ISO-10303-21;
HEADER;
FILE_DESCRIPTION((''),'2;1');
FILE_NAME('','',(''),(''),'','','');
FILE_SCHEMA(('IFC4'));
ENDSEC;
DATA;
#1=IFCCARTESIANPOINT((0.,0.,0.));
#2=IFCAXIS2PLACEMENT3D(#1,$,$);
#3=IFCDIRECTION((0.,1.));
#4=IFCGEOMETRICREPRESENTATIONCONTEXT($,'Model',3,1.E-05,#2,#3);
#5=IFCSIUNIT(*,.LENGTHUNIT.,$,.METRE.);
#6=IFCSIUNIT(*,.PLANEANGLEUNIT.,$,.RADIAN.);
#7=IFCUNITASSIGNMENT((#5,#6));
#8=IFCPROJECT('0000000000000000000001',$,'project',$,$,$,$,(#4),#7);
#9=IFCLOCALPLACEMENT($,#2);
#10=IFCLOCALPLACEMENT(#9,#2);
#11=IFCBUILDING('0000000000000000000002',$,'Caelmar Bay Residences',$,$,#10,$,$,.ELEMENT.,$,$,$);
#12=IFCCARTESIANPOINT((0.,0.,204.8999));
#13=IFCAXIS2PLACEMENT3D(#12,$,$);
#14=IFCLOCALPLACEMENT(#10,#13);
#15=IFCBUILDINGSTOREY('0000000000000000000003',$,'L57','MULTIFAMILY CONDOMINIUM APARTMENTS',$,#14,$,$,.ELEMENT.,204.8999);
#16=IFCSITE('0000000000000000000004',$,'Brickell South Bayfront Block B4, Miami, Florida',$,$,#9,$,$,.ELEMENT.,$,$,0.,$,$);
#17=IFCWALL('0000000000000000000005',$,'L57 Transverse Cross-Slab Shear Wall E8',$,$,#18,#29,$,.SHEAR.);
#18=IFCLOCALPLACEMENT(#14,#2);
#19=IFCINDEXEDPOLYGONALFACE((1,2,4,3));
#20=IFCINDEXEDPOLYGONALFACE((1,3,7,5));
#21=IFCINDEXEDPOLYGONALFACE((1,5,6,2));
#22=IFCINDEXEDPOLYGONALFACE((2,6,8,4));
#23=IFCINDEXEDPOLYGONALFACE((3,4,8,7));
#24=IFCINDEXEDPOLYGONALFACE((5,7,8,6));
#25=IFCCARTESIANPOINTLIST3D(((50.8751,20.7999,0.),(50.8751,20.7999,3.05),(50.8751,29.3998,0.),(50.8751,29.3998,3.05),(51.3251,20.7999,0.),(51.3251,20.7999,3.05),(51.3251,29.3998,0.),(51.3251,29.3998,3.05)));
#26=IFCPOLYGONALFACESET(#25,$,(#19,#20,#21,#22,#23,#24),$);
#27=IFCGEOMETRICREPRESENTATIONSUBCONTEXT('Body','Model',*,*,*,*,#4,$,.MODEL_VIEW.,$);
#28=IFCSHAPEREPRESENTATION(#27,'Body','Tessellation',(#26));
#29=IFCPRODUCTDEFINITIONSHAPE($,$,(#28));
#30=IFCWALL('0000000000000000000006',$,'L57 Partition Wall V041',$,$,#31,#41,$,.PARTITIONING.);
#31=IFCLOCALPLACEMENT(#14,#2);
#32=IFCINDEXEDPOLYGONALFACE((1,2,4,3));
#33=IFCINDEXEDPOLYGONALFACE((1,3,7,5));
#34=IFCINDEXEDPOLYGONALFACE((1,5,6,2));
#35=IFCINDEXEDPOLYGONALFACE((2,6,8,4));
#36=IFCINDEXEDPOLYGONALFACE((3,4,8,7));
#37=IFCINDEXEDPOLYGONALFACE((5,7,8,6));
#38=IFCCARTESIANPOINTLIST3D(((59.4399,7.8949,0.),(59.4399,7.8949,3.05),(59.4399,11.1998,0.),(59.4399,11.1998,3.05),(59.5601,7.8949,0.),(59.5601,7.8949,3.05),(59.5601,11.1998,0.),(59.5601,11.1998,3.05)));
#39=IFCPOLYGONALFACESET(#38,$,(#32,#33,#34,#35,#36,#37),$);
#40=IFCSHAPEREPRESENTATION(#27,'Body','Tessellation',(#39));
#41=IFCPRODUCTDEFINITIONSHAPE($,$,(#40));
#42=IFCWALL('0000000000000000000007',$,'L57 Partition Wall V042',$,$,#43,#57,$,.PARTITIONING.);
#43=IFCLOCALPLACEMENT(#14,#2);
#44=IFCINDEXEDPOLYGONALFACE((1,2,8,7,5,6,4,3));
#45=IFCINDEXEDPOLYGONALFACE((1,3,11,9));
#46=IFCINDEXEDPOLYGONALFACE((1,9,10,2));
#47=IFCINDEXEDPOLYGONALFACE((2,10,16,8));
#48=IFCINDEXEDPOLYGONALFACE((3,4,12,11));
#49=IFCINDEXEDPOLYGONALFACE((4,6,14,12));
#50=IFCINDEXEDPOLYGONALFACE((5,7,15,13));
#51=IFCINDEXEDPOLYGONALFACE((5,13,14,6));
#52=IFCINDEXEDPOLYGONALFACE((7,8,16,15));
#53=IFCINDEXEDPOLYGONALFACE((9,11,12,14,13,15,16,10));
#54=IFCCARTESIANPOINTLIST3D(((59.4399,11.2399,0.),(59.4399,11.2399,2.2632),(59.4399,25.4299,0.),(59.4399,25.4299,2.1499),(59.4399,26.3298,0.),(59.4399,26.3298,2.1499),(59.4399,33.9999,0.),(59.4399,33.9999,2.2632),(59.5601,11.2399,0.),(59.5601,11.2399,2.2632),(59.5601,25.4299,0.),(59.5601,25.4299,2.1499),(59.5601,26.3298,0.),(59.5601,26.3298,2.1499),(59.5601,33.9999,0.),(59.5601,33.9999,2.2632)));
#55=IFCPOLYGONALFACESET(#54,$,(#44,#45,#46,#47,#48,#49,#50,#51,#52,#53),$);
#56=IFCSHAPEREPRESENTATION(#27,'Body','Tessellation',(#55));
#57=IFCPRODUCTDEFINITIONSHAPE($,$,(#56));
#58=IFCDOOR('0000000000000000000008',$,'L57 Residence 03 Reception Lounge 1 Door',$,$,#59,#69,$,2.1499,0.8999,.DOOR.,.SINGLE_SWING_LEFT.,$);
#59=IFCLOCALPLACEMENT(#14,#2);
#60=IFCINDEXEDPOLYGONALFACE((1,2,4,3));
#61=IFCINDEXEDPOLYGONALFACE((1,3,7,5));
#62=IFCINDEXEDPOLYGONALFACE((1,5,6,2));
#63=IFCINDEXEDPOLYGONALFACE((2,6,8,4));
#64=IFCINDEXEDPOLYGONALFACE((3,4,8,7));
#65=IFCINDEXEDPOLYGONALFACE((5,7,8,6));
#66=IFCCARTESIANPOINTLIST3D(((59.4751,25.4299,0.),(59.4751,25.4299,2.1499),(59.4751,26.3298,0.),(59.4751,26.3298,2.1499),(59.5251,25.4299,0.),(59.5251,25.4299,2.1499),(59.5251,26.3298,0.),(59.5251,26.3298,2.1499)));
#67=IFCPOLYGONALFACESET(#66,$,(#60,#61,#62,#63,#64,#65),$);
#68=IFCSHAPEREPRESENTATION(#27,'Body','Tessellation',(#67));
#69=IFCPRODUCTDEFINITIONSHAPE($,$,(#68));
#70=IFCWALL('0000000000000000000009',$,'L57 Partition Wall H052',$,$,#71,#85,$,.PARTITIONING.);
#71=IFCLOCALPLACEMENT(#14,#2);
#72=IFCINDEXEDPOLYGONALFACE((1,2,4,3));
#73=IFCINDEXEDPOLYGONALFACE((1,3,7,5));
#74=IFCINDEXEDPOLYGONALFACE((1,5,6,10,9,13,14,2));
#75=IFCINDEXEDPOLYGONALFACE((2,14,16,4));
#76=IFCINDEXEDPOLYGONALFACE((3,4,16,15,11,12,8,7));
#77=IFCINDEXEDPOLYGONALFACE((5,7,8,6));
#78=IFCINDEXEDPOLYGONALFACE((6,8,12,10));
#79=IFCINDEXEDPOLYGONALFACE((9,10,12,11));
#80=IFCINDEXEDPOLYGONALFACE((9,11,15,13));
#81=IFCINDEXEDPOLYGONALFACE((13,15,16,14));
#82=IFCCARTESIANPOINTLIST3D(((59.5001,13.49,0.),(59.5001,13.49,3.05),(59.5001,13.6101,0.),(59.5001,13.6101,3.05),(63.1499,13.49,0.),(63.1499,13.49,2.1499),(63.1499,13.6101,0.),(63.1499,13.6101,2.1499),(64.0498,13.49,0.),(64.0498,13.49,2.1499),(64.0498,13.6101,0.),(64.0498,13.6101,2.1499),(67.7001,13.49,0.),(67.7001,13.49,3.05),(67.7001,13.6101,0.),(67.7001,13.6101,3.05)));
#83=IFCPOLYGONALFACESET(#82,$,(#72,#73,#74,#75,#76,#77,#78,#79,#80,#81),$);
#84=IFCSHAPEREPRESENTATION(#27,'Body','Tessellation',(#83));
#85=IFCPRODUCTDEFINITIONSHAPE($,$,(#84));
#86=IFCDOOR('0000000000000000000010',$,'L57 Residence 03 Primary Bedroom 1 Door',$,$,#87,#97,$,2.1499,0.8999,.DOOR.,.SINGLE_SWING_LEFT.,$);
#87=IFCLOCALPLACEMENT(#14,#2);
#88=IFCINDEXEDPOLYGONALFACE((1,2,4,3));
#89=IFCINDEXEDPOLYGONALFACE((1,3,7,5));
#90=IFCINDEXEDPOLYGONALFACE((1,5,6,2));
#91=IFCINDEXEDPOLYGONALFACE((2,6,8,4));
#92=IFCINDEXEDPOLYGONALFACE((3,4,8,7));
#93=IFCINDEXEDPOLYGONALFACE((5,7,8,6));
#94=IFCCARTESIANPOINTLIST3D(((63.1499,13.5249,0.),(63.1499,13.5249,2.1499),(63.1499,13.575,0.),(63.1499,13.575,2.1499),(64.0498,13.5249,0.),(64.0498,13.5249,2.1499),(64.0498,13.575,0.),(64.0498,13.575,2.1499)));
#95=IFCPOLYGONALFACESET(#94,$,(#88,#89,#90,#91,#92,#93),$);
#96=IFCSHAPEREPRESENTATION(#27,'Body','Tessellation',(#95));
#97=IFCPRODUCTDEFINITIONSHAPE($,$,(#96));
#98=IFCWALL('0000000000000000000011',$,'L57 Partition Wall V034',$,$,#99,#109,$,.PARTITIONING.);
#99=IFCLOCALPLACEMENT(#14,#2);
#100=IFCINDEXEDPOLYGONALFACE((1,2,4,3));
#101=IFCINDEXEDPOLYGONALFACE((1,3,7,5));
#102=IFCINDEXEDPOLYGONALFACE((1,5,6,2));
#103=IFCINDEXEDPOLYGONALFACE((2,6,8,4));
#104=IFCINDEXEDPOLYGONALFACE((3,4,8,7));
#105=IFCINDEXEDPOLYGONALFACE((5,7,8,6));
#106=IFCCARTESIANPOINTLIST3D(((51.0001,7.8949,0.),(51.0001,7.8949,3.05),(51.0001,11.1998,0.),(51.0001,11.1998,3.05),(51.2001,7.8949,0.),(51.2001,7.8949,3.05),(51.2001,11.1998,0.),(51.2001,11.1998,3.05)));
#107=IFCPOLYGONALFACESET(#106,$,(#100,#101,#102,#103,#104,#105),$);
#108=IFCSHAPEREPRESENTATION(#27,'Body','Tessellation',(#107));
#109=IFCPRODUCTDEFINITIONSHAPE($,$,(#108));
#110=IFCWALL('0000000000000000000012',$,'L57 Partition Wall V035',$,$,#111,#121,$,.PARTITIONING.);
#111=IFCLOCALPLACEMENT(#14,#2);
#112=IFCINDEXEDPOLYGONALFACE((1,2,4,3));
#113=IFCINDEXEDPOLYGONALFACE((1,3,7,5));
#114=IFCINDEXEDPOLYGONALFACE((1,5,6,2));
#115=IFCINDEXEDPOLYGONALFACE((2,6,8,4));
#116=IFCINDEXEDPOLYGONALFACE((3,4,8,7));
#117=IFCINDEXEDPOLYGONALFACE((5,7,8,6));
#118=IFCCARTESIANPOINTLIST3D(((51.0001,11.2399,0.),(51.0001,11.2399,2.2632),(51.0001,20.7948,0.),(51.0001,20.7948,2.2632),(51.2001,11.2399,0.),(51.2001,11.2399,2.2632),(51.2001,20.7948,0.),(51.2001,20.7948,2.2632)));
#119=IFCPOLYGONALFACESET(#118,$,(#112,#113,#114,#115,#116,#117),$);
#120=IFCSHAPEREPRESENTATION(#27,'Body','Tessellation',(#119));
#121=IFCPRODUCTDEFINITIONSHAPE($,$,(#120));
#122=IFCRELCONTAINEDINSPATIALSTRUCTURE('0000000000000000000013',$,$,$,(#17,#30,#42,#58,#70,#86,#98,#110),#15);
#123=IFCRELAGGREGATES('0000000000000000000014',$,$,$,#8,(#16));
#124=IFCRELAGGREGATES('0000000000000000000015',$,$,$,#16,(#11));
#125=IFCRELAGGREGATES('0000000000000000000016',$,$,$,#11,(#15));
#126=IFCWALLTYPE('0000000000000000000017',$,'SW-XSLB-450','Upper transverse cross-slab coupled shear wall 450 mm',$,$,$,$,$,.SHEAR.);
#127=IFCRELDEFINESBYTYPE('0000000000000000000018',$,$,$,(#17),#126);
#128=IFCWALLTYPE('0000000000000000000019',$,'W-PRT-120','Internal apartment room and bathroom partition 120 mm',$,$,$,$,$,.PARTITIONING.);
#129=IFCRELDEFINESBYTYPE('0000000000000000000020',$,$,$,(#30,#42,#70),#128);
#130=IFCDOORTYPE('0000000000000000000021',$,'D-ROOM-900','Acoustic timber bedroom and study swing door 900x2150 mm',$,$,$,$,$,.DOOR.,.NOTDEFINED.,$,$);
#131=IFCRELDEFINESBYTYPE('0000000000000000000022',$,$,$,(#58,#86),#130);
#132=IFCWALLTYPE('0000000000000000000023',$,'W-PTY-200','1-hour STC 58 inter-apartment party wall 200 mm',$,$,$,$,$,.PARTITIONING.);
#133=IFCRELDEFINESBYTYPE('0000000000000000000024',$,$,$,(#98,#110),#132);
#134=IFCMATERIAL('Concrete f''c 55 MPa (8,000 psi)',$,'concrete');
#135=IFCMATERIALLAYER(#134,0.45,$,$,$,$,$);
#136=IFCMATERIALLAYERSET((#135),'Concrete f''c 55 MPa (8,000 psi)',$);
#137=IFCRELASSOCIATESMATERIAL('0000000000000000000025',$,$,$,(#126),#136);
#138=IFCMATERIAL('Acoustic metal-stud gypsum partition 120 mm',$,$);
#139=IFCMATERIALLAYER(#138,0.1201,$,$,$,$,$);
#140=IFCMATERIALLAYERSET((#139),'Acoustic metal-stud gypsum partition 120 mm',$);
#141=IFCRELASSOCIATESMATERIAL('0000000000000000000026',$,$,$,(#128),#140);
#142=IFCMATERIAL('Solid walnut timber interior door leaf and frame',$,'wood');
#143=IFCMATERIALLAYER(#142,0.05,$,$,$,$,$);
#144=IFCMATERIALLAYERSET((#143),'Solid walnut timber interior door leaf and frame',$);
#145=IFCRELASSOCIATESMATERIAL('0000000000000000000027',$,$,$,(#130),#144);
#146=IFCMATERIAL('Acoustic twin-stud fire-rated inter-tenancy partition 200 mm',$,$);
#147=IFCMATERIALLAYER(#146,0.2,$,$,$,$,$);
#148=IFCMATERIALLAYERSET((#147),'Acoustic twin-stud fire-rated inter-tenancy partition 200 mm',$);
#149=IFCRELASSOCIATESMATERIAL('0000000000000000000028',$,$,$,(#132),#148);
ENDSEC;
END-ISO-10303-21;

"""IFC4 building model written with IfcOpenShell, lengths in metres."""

from ifc_helpers import new_model, si_unit, direction, frame, frame_2d, origin, place, context, subcontext, project, spatial, rectangle, extrude, material, layer, layer_set, type_object, element, fill, save


model = new_model("IFC4")

# Units and contexts
model_context = context("Model", 3, precision=1e-05, world=origin(), true_north=direction((0.0, 1.0)))
body_context = subcontext(model_context, "Body", "Model", "MODEL_VIEW")
ifc_project = project(units=[si_unit("LENGTHUNIT", "METRE"), si_unit("PLANEANGLEUNIT", "RADIAN")], contexts=[model_context])

# Site, building, storey
site_placement = place(None, origin())
site = spatial("IfcSite", under=ifc_project, at=site_placement, Name="Brickell South Bayfront Block B4, Miami, Florida", CompositionType="ELEMENT", RefElevation=0.0)
building_placement = place(site_placement, origin())
building = spatial("IfcBuilding", under=site, at=building_placement, Name="Caelmar Bay Residences", CompositionType="ELEMENT")
storey_placement = place(building_placement, frame((0.0, 0.0, 204.8999)))
storey = spatial("IfcBuildingStorey", under=building, at=storey_placement, Name="L57", Description="MULTIFAMILY CONDOMINIUM APARTMENTS", CompositionType="ELEMENT", Elevation=204.8999)

# Shared definitions
ifc_material_1 = material(Name="Concrete f'c 55 MPa (8,000 psi)", Category="concrete")

# Walls
ifc_layer_1 = layer(ifc_material_1, 0.45)
ifc_layer_set_1 = layer_set([ifc_layer_1], Name="Concrete f'c 55 MPa (8,000 psi)")
wall_type_1 = type_object("IfcWallType", Name="SW-XSLB-450", Description="Upper transverse cross-slab coupled shear wall 450 mm", PredefinedType="SHEAR", material=ifc_layer_set_1)
wall_1_placement = place(storey_placement, frame((51.1001, 20.8, 0.0), z_axis=(0.0, 0.0, 1.0), x_axis=(0.0, 1.0, 0.0)))
element("IfcWall", 1, at=wall_1_placement, inside=storey, type_object=wall_type_1, Name="L57 Transverse Cross-Slab Shear Wall E8", PredefinedType="SHEAR", context=body_context, shape_type="SweptSolid", body=[
    extrude(rectangle(XDim=8.5999, YDim=0.45, at=frame_2d((4.2998, 0.0))), origin(), (0.0, 0.0, 1.0), 3.05),
])
ifc_material_2 = material(Name="Acoustic metal-stud gypsum partition 120 mm")
ifc_layer_2 = layer(ifc_material_2, 0.1201)
ifc_layer_set_2 = layer_set([ifc_layer_2], Name="Acoustic metal-stud gypsum partition 120 mm")
wall_type_2 = type_object("IfcWallType", Name="W-PRT-120", Description="Internal apartment room and bathroom partition 120 mm", PredefinedType="PARTITIONING", material=ifc_layer_set_2)
wall_2_placement = place(storey_placement, frame((59.5, 7.895, 0.0), z_axis=(0.0, 0.0, 1.0), x_axis=(0.0, 1.0, 0.0)))
element("IfcWall", 2, at=wall_2_placement, inside=storey, type_object=wall_type_2, Name="L57 Partition Wall V041", PredefinedType="PARTITIONING", context=body_context, shape_type="SweptSolid", body=[
    extrude(rectangle(XDim=3.3049, YDim=0.1201, at=frame_2d((1.6523, 0.0))), origin(), (0.0, 0.0, 1.0), 3.05),
])

# Walls, openings, doors
wall_3_placement = place(storey_placement, frame((59.5, 11.24, 0.0), z_axis=(0.0, 0.0, 1.0), x_axis=(0.0, 1.0, 0.0)))
wall_3 = element("IfcWall", 3, at=wall_3_placement, inside=storey, type_object=wall_type_2, Name="L57 Partition Wall V042", PredefinedType="PARTITIONING", context=body_context, shape_type="SweptSolid", body=[
    extrude(rectangle(XDim=22.76, YDim=0.1201, at=frame_2d((11.3799, 0.0))), origin(), (0.0, 0.0, 1.0), 2.2632),
])
opening_1_placement = place(wall_3_placement, frame((14.1899, 0.0, 0.0)))
opening_1 = element("IfcOpeningElement", 4, at=opening_1_placement, cuts=wall_3, PredefinedType="OPENING", context=body_context, shape_type="SweptSolid", body=[
    extrude(rectangle(XDim=0.8999, YDim=2.1499, at=frame_2d((0.45, 1.075))), frame((0.0, 0.0701, 0.0), z_axis=(0.0, -1.0, 0.0), x_axis=(1.0, 0.0, 0.0)), (0.0, 0.0, 1.0), 0.1401),
])
ifc_material_3 = material(Name="Solid walnut timber interior door leaf and frame", Category="wood")
ifc_layer_3 = layer(ifc_material_3, 0.05)
ifc_layer_set_3 = layer_set([ifc_layer_3], Name="Solid walnut timber interior door leaf and frame")
door_type = type_object("IfcDoorType", Name="D-ROOM-900", Description="Acoustic timber bedroom and study swing door 900x2150 mm", OperationType="NOTDEFINED", PredefinedType="DOOR", material=ifc_layer_set_3)
door_1_placement = place(opening_1_placement, origin())
door_1 = element("IfcDoor", 5, at=door_1_placement, inside=storey, type_object=door_type, Name="L57 Residence 03 Reception Lounge 1 Door", OperationType="SINGLE_SWING_LEFT", OverallHeight=2.1499, OverallWidth=0.8999, PredefinedType="DOOR", context=body_context, shape_type="SweptSolid", body=[
    extrude(rectangle(XDim=0.8999, YDim=2.1499, at=frame_2d((0.45, 1.075))), frame((0.0, 0.0249, 0.0), z_axis=(0.0, -1.0, 0.0), x_axis=(1.0, 0.0, 0.0)), (0.0, 0.0, 1.0), 0.05),
])
fill(opening_1, door_1)
wall_4_placement = place(storey_placement, frame((59.5, 13.55, 0.0), z_axis=(0.0, 0.0, 1.0), x_axis=(1.0, 0.0, 0.0)))
wall_4 = element("IfcWall", 6, at=wall_4_placement, inside=storey, type_object=wall_type_2, Name="L57 Partition Wall H052", PredefinedType="PARTITIONING", context=body_context, shape_type="SweptSolid", body=[
    extrude(rectangle(XDim=8.2, YDim=0.1201, at=frame_2d((4.1001, 0.0))), origin(), (0.0, 0.0, 1.0), 3.05),
])
opening_2_placement = place(wall_4_placement, frame((3.6499, 0.0, 0.0)))
opening_2 = element("IfcOpeningElement", 7, at=opening_2_placement, cuts=wall_4, PredefinedType="OPENING", context=body_context, shape_type="SweptSolid", body=[
    extrude(rectangle(XDim=0.8999, YDim=2.1499, at=frame_2d((0.45, 1.075))), frame((0.0, 0.0701, 0.0), z_axis=(0.0, -1.0, 0.0), x_axis=(1.0, 0.0, 0.0)), (0.0, 0.0, 1.0), 0.1401),
])
door_2_placement = place(opening_2_placement, origin())
door_2 = element("IfcDoor", 8, at=door_2_placement, inside=storey, type_object=door_type, Name="L57 Residence 03 Primary Bedroom 1 Door", OperationType="SINGLE_SWING_LEFT", OverallHeight=2.1499, OverallWidth=0.8999, PredefinedType="DOOR", context=body_context, shape_type="SweptSolid", body=[
    extrude(rectangle(XDim=0.8999, YDim=2.1499, at=frame_2d((0.45, 1.075))), frame((0.0, 0.0249, 0.0), z_axis=(0.0, -1.0, 0.0), x_axis=(1.0, 0.0, 0.0)), (0.0, 0.0, 1.0), 0.05),
])
fill(opening_2, door_2)

# Walls
ifc_material_4 = material(Name="Acoustic twin-stud fire-rated inter-tenancy partition 200 mm")
ifc_layer_4 = layer(ifc_material_4, 0.2)
ifc_layer_set_4 = layer_set([ifc_layer_4], Name="Acoustic twin-stud fire-rated inter-tenancy partition 200 mm")
wall_type_3 = type_object("IfcWallType", Name="W-PTY-200", Description="1-hour STC 58 inter-apartment party wall 200 mm", PredefinedType="PARTITIONING", material=ifc_layer_set_4)
wall_5_placement = place(storey_placement, frame((51.1001, 7.895, 0.0), z_axis=(0.0, 0.0, 1.0), x_axis=(0.0, 1.0, 0.0)))
element("IfcWall", 9, at=wall_5_placement, inside=storey, type_object=wall_type_3, Name="L57 Partition Wall V034", PredefinedType="PARTITIONING", context=body_context, shape_type="SweptSolid", body=[
    extrude(rectangle(XDim=3.3049, YDim=0.2, at=frame_2d((1.6523, 0.0))), origin(), (0.0, 0.0, 1.0), 3.05),
])
wall_6_placement = place(storey_placement, frame((51.1001, 11.24, 0.0), z_axis=(0.0, 0.0, 1.0), x_axis=(0.0, 1.0, 0.0)))
element("IfcWall", 10, at=wall_6_placement, inside=storey, type_object=wall_type_3, Name="L57 Partition Wall V035", PredefinedType="PARTITIONING", context=body_context, shape_type="SweptSolid", body=[
    extrude(rectangle(XDim=9.5549, YDim=0.2, at=frame_2d((4.7773, 0.0))), origin(), (0.0, 0.0, 1.0), 2.2632),
])

save(model, "model.ifc")
